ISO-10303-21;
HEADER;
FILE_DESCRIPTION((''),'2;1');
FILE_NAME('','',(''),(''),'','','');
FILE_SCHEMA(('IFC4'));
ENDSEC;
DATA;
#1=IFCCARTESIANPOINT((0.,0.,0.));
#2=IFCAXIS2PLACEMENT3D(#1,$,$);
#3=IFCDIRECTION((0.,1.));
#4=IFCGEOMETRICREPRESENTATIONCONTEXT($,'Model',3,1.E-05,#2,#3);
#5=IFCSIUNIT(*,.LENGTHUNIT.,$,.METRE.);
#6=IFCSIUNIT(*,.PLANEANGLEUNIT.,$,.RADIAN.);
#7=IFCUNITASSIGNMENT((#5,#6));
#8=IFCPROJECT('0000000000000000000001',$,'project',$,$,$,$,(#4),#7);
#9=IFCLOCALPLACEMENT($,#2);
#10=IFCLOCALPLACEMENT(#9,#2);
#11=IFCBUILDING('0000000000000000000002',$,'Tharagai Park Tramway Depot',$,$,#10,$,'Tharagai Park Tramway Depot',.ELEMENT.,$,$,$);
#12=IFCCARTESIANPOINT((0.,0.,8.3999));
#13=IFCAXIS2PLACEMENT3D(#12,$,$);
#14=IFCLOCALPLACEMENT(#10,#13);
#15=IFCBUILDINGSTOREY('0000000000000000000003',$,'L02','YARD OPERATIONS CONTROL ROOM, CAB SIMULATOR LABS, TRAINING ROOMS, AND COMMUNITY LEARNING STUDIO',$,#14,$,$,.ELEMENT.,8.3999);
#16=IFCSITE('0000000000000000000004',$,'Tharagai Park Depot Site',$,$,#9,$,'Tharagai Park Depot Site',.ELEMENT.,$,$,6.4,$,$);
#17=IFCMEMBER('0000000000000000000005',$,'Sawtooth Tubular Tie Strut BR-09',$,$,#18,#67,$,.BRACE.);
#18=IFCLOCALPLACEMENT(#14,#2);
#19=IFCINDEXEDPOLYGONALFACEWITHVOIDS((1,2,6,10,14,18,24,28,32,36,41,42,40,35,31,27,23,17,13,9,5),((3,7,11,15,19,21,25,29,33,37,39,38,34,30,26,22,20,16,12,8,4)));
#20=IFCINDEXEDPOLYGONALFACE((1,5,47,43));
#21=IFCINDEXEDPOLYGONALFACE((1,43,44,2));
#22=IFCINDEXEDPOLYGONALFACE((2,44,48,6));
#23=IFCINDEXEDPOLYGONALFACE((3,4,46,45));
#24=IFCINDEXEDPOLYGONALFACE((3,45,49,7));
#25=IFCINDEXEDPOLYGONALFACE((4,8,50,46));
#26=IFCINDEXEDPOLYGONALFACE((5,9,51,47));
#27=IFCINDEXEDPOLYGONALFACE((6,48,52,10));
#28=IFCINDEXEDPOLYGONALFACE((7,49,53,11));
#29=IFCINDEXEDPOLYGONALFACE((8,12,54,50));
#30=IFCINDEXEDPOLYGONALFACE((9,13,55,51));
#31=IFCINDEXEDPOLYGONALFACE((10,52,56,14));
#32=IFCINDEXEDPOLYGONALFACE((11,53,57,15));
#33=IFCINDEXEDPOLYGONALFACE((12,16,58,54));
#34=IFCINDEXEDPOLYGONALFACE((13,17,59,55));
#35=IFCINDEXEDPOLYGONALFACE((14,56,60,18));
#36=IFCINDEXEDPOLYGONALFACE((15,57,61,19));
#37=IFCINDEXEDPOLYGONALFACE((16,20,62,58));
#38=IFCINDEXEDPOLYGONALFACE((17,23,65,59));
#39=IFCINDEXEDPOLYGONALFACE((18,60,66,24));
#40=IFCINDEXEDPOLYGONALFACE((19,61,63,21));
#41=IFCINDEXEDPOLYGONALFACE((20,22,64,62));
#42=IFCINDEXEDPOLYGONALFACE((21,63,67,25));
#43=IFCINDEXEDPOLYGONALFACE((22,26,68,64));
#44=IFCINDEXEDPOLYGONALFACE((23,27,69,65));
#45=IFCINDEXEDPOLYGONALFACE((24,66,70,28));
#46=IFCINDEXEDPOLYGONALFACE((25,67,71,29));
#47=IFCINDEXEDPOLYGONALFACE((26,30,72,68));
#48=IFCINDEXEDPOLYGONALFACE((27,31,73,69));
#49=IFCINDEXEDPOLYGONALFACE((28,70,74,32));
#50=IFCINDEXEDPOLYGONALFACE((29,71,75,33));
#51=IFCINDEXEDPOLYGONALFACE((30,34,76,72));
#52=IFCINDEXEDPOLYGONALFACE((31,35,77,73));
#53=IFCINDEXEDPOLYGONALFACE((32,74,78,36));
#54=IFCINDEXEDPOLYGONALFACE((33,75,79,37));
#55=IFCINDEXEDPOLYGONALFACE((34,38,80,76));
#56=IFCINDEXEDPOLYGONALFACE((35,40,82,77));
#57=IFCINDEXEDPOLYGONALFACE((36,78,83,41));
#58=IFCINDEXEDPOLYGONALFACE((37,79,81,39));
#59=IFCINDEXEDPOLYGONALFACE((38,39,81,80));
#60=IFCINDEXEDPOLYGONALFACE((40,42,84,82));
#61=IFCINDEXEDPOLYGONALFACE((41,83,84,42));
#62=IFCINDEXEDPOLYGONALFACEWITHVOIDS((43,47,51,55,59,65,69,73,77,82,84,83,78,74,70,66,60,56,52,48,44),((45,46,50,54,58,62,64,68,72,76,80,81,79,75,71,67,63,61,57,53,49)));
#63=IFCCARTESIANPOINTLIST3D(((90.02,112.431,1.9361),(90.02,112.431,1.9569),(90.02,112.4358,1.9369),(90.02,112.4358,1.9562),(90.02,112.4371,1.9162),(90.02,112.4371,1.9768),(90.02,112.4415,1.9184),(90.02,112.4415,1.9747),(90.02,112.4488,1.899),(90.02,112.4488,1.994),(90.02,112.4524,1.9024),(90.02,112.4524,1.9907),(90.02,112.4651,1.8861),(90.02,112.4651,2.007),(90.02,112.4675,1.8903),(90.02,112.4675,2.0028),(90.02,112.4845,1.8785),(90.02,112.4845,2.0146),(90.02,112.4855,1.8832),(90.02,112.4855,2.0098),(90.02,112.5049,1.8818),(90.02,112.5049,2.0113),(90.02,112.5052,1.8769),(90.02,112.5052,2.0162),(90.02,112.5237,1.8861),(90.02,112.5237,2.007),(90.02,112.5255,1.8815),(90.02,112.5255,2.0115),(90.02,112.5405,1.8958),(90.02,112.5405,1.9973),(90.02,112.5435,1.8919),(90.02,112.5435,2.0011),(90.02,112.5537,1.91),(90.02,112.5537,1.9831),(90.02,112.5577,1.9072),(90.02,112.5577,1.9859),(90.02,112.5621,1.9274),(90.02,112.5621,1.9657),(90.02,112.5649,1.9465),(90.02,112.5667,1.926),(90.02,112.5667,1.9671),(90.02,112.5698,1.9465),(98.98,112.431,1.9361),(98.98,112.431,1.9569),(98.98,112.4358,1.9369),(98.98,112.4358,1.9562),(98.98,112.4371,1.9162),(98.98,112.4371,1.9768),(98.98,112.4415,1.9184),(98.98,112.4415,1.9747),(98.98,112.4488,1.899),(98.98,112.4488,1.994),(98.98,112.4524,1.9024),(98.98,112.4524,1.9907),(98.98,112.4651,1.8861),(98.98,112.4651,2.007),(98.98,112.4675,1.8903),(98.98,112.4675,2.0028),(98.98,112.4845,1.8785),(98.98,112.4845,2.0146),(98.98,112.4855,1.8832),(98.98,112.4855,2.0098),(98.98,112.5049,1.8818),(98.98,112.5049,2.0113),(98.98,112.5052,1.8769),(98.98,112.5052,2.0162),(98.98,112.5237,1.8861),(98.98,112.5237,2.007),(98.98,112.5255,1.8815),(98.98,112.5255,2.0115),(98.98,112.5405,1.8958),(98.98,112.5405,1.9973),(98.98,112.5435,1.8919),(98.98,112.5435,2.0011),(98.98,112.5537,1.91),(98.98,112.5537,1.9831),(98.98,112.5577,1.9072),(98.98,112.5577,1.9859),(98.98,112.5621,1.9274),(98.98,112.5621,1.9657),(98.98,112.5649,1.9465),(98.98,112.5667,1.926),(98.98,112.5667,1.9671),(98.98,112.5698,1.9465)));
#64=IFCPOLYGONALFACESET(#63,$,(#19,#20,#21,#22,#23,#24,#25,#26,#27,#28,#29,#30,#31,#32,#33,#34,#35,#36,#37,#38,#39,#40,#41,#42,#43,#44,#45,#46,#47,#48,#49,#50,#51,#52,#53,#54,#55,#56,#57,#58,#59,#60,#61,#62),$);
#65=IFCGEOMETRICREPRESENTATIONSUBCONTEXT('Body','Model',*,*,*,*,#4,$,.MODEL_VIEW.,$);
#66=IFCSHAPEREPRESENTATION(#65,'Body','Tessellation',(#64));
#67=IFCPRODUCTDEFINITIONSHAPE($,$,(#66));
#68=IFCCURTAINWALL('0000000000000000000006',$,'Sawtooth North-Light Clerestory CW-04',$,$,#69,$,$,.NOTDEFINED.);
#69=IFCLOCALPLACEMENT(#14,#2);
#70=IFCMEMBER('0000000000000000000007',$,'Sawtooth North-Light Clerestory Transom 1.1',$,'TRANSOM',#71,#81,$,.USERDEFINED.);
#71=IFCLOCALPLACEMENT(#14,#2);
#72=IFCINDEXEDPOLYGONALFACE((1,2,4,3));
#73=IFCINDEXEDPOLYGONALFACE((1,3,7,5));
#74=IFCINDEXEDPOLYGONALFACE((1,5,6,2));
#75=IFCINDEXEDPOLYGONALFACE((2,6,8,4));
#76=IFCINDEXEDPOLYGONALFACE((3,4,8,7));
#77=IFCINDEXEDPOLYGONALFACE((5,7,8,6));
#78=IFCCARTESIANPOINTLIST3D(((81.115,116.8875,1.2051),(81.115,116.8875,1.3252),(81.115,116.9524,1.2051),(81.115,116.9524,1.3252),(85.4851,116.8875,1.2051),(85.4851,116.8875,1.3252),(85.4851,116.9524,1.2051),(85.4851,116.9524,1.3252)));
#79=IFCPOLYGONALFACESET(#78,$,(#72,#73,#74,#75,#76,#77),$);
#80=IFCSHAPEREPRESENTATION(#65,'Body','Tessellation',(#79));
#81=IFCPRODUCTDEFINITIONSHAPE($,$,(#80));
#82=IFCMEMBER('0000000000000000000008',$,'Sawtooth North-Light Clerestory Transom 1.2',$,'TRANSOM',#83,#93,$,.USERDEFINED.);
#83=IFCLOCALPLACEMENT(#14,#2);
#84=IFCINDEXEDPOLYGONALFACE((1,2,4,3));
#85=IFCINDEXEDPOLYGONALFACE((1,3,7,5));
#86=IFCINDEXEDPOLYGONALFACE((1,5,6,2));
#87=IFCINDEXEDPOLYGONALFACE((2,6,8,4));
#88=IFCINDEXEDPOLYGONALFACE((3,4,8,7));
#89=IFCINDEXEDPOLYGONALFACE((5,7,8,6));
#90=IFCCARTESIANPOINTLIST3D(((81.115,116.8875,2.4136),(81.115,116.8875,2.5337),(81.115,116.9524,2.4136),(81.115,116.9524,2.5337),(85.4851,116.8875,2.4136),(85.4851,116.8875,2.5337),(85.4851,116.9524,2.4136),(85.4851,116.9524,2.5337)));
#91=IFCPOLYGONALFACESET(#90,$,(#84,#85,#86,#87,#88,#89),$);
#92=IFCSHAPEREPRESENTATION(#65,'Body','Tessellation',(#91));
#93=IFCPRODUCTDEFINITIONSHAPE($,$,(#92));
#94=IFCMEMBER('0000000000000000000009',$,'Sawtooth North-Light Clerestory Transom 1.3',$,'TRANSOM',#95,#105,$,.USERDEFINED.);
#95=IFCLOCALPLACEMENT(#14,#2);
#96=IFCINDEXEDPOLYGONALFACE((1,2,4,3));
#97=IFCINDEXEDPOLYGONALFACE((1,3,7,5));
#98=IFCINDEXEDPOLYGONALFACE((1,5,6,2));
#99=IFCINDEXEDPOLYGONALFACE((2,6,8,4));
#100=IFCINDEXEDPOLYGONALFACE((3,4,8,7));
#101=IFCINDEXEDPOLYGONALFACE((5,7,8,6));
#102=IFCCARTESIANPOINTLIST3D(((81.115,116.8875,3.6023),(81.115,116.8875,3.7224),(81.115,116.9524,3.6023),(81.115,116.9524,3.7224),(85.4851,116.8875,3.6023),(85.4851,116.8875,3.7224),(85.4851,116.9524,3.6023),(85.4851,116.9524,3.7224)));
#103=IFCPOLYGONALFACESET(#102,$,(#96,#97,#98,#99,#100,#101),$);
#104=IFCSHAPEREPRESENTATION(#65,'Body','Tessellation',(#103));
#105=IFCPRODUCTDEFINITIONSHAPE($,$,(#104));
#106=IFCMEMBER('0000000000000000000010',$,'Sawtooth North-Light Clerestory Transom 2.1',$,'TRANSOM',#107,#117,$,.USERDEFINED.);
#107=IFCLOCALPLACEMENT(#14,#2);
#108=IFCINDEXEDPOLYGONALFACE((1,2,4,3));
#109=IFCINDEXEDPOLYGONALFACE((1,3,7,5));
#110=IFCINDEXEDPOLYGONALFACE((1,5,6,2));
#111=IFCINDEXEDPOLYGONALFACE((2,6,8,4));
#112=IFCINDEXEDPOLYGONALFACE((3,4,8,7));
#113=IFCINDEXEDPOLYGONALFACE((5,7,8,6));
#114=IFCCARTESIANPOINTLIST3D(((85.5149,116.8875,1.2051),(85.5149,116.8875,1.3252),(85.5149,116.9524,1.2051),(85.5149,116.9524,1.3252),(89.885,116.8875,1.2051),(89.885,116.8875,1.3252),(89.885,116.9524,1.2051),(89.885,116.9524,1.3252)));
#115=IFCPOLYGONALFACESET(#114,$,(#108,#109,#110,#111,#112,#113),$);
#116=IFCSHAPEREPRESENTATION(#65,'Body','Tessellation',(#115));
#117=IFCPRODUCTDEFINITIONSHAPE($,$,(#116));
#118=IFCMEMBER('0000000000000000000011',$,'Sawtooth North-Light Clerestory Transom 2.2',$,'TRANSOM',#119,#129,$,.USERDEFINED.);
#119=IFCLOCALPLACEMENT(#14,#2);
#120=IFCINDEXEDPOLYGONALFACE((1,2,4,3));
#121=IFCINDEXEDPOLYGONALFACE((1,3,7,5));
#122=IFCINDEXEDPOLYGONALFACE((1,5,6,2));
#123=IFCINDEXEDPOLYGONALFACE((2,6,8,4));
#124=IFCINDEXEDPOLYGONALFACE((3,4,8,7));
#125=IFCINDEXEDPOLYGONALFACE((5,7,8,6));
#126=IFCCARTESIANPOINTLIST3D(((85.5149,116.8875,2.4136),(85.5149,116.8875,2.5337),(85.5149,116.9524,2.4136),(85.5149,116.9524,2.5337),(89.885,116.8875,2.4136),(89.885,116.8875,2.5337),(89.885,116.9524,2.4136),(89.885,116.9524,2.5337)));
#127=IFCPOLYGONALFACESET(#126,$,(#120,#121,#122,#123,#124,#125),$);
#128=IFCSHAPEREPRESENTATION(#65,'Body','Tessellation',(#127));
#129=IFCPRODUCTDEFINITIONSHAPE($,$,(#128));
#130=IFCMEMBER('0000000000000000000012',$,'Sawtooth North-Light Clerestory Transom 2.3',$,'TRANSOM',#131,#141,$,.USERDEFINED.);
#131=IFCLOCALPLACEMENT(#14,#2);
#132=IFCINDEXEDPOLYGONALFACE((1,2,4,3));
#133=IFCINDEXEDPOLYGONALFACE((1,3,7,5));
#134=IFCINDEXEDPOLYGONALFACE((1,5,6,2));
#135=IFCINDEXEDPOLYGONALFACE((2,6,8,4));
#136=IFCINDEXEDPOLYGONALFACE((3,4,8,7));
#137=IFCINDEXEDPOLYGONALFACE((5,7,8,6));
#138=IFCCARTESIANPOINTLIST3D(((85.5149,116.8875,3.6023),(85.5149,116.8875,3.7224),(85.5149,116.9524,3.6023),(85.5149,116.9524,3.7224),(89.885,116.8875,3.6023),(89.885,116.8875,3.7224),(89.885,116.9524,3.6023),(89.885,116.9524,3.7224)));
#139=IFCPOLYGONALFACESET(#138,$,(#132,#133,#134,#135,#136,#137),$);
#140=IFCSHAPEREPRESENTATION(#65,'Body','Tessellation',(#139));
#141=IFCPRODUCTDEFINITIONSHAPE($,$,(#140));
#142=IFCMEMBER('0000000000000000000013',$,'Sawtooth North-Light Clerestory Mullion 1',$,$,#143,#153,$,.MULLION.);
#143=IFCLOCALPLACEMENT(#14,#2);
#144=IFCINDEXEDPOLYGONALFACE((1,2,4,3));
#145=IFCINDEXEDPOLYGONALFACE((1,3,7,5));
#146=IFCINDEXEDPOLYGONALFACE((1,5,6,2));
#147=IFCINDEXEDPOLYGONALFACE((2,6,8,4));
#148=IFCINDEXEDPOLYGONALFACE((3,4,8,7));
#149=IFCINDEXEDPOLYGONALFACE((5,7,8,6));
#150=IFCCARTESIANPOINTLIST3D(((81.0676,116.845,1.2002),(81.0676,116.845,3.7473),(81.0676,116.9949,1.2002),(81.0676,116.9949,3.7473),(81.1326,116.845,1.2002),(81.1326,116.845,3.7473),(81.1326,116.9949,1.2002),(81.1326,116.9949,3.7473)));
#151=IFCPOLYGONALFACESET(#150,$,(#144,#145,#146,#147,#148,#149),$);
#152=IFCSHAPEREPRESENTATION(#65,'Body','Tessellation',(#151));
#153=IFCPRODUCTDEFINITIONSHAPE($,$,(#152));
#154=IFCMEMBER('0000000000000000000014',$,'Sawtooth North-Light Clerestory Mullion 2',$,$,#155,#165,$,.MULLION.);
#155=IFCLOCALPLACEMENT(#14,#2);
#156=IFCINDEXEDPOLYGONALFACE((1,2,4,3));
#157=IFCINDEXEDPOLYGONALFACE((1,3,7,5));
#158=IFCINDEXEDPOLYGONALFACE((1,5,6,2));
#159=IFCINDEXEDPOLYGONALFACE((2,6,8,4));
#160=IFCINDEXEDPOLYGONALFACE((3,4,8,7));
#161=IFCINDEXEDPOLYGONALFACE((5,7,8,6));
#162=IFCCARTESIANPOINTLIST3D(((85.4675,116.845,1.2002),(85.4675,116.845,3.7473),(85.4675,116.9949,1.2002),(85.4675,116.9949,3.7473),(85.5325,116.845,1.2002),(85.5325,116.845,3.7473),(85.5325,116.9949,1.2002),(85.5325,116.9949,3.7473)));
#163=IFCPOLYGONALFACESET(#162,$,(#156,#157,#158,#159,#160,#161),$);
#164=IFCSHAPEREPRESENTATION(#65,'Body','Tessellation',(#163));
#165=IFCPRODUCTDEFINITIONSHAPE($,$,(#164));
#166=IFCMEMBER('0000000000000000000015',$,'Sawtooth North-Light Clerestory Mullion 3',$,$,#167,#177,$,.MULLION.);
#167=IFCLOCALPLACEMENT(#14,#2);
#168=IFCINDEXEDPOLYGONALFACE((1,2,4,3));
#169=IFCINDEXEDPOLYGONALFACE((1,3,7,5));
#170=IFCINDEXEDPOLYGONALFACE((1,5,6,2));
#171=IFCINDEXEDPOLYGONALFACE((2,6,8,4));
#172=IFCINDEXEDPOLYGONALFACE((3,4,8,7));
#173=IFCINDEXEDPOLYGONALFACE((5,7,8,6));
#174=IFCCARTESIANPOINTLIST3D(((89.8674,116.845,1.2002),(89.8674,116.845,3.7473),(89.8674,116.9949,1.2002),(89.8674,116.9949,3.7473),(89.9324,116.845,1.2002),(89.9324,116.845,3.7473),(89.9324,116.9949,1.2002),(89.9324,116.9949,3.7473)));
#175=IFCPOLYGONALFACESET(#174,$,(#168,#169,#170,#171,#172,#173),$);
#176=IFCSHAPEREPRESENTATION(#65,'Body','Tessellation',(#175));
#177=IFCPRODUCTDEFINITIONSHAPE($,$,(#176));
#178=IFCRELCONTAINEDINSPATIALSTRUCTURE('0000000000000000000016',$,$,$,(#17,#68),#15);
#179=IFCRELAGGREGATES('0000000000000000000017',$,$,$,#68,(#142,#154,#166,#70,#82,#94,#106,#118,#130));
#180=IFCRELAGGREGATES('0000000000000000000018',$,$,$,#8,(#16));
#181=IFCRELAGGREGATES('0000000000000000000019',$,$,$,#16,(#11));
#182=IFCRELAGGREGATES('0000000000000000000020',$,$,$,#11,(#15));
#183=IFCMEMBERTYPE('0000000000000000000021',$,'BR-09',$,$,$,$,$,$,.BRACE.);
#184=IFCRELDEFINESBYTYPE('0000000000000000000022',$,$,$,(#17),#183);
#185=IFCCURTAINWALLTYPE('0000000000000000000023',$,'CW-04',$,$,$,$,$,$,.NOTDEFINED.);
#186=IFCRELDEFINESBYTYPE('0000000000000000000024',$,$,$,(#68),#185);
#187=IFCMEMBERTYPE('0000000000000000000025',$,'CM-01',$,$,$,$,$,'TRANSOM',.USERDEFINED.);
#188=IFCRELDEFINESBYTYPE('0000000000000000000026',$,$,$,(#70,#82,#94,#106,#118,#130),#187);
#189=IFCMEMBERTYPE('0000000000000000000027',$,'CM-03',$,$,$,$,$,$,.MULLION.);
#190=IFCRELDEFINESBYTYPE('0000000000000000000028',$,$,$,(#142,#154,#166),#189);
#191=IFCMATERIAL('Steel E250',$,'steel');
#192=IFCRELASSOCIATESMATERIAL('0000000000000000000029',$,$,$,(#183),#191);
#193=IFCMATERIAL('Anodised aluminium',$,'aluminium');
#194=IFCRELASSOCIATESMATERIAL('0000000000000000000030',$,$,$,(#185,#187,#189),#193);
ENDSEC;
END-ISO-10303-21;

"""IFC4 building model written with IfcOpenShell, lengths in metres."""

from ifc_helpers import new_model, si_unit, direction, frame, origin, origin_2d, place, context, subcontext, project, spatial, rectangle, hollow_circle, extrude, material, material_profile, profile_set, type_object, element, aggregate, save


model = new_model("IFC4")

# Units and contexts
model_context = context("Model", 3, precision=1e-05, world=origin(), true_north=direction((0.0, 1.0)))
body_context = subcontext(model_context, "Body", "Model", "MODEL_VIEW")
ifc_project = project(units=[si_unit("LENGTHUNIT", "METRE"), si_unit("PLANEANGLEUNIT", "RADIAN")], contexts=[model_context])

# Site, building, storey
site_placement = place(None, origin())
site = spatial("IfcSite", under=ifc_project, at=site_placement, Name="Tharagai Park Depot Site", LongName="Tharagai Park Depot Site", CompositionType="ELEMENT", RefElevation=6.4)
building_placement = place(site_placement, origin())
building = spatial("IfcBuilding", under=site, at=building_placement, Name="Tharagai Park Tramway Depot", LongName="Tharagai Park Tramway Depot", CompositionType="ELEMENT")
storey_placement = place(building_placement, frame((0.0, 0.0, 8.3999)))
storey = spatial("IfcBuildingStorey", under=building, at=storey_placement, Name="L02", Description="YARD OPERATIONS CONTROL ROOM, CAB SIMULATOR LABS, TRAINING ROOMS, AND COMMUNITY LEARNING STUDIO", CompositionType="ELEMENT", Elevation=8.3999)

# Member
ifc_material_1 = material(Name="Steel E250", Category="steel")
ifc_material_profile_1 = material_profile(ifc_material_1, hollow_circle(Radius=0.0698, WallThickness=0.0049, at=origin_2d()), Name="CHS 139.7x5")
ifc_profile_set_1 = profile_set([ifc_material_profile_1], Name="Steel E250")
member_type_1 = type_object("IfcMemberType", Name="BR-09", PredefinedType="BRACE", material=ifc_profile_set_1)
member_1_placement = place(storey_placement, frame((90.02, 112.5, 1.9465), z_axis=(1.0, 0.0, 0.0), x_axis=(0.0, 1.0, 0.0)))
element("IfcMember", 1, at=member_1_placement, inside=storey, type_object=member_type_1, Name="Sawtooth Tubular Tie Strut BR-09", PredefinedType="BRACE", context=body_context, shape_type="SweptSolid", body=[
    extrude(hollow_circle(Radius=0.0698, WallThickness=0.0049, at=origin_2d()), origin(), (0.0, 0.0, 1.0), 8.96),
])

# Curtain wall, members
ifc_material_2 = material(Name="Anodised aluminium", Category="aluminium")
curtain_wall_type = type_object("IfcCurtainWallType", Name="CW-04", PredefinedType="NOTDEFINED", material=ifc_material_2)
curtain_wall_placement = place(storey_placement, origin())
curtain_wall = element("IfcCurtainWall", 2, at=curtain_wall_placement, inside=storey, type_object=curtain_wall_type, Name="Sawtooth North-Light Clerestory CW-04", PredefinedType="NOTDEFINED")
ifc_material_profile_2 = material_profile(ifc_material_2, rectangle(XDim=0.0649, YDim=0.1201, at=origin_2d()), Name="ALU 65x120")
ifc_profile_set_2 = profile_set([ifc_material_profile_2], Name="Anodised aluminium")
member_type_2 = type_object("IfcMemberType", Name="CM-01", ElementType="TRANSOM", PredefinedType="USERDEFINED", material=ifc_profile_set_2)
member_2_placement = place(storey_placement, frame((81.115, 116.9199, 1.2651), z_axis=(1.0, 0.0, 0.0), x_axis=(0.0, 1.0, 0.0)))
member_2 = element("IfcMember", 3, at=member_2_placement, type_object=member_type_2, Name="Sawtooth North-Light Clerestory Transom 1.1", ObjectType="TRANSOM", PredefinedType="USERDEFINED", context=body_context, shape_type="SweptSolid", body=[
    extrude(rectangle(XDim=0.0649, YDim=0.1201, at=origin_2d()), origin(), (0.0, 0.0, 1.0), 4.3701),
])
member_3_placement = place(storey_placement, frame((81.115, 116.9199, 2.4736), z_axis=(1.0, 0.0, 0.0), x_axis=(0.0, 1.0, 0.0)))
member_3 = element("IfcMember", 4, at=member_3_placement, type_object=member_type_2, Name="Sawtooth North-Light Clerestory Transom 1.2", ObjectType="TRANSOM", PredefinedType="USERDEFINED", context=body_context, shape_type="SweptSolid", body=[
    extrude(rectangle(XDim=0.0649, YDim=0.1201, at=origin_2d()), origin(), (0.0, 0.0, 1.0), 4.3701),
])
member_4_placement = place(storey_placement, frame((81.115, 116.9199, 3.6624), z_axis=(1.0, 0.0, 0.0), x_axis=(0.0, 1.0, 0.0)))
member_4 = element("IfcMember", 5, at=member_4_placement, type_object=member_type_2, Name="Sawtooth North-Light Clerestory Transom 1.3", ObjectType="TRANSOM", PredefinedType="USERDEFINED", context=body_context, shape_type="SweptSolid", body=[
    extrude(rectangle(XDim=0.0649, YDim=0.1201, at=origin_2d()), origin(), (0.0, 0.0, 1.0), 4.3701),
])
member_5_placement = place(storey_placement, frame((85.5149, 116.9199, 1.2651), z_axis=(1.0, 0.0, 0.0), x_axis=(0.0, 1.0, 0.0)))
member_5 = element("IfcMember", 6, at=member_5_placement, type_object=member_type_2, Name="Sawtooth North-Light Clerestory Transom 2.1", ObjectType="TRANSOM", PredefinedType="USERDEFINED", context=body_context, shape_type="SweptSolid", body=[
    extrude(rectangle(XDim=0.0649, YDim=0.1201, at=origin_2d()), origin(), (0.0, 0.0, 1.0), 4.3701),
])
member_6_placement = place(storey_placement, frame((85.5149, 116.9199, 2.4736), z_axis=(1.0, 0.0, 0.0), x_axis=(0.0, 1.0, 0.0)))
member_6 = element("IfcMember", 7, at=member_6_placement, type_object=member_type_2, Name="Sawtooth North-Light Clerestory Transom 2.2", ObjectType="TRANSOM", PredefinedType="USERDEFINED", context=body_context, shape_type="SweptSolid", body=[
    extrude(rectangle(XDim=0.0649, YDim=0.1201, at=origin_2d()), origin(), (0.0, 0.0, 1.0), 4.3701),
])
member_7_placement = place(storey_placement, frame((85.5149, 116.9199, 3.6624), z_axis=(1.0, 0.0, 0.0), x_axis=(0.0, 1.0, 0.0)))
member_7 = element("IfcMember", 8, at=member_7_placement, type_object=member_type_2, Name="Sawtooth North-Light Clerestory Transom 2.3", ObjectType="TRANSOM", PredefinedType="USERDEFINED", context=body_context, shape_type="SweptSolid", body=[
    extrude(rectangle(XDim=0.0649, YDim=0.1201, at=origin_2d()), origin(), (0.0, 0.0, 1.0), 4.3701),
])
ifc_material_profile_3 = material_profile(ifc_material_2, rectangle(XDim=0.0649, YDim=0.1499, at=origin_2d()), Name="ALU 65x150")
ifc_profile_set_3 = profile_set([ifc_material_profile_3], Name="Anodised aluminium")
member_type_3 = type_object("IfcMemberType", Name="CM-03", PredefinedType="MULLION", material=ifc_profile_set_3)
member_8_placement = place(storey_placement, frame((81.1001, 116.9199, 1.2002), z_axis=(0.0, 0.0, 1.0), x_axis=(1.0, 0.0, 0.0)))
member_8 = element("IfcMember", 9, at=member_8_placement, type_object=member_type_3, Name="Sawtooth North-Light Clerestory Mullion 1", PredefinedType="MULLION", context=body_context, shape_type="SweptSolid", body=[
    extrude(rectangle(XDim=0.0649, YDim=0.1499, at=origin_2d()), origin(), (0.0, 0.0, 1.0), 2.5471),
])
member_9_placement = place(storey_placement, frame((85.5, 116.9199, 1.2002), z_axis=(0.0, 0.0, 1.0), x_axis=(1.0, 0.0, 0.0)))
member_9 = element("IfcMember", 10, at=member_9_placement, type_object=member_type_3, Name="Sawtooth North-Light Clerestory Mullion 2", PredefinedType="MULLION", context=body_context, shape_type="SweptSolid", body=[
    extrude(rectangle(XDim=0.0649, YDim=0.1499, at=origin_2d()), origin(), (0.0, 0.0, 1.0), 2.5471),
])
member_10_placement = place(storey_placement, frame((89.8999, 116.9199, 1.2002), z_axis=(0.0, 0.0, 1.0), x_axis=(1.0, 0.0, 0.0)))
member_10 = element("IfcMember", 11, at=member_10_placement, type_object=member_type_3, Name="Sawtooth North-Light Clerestory Mullion 3", PredefinedType="MULLION", context=body_context, shape_type="SweptSolid", body=[
    extrude(rectangle(XDim=0.0649, YDim=0.1499, at=origin_2d()), origin(), (0.0, 0.0, 1.0), 2.5471),
])

aggregate(curtain_wall, [member_8, member_9, member_10, member_2, member_3, member_4, member_5, member_6, member_7])

save(model, "model.ifc")
